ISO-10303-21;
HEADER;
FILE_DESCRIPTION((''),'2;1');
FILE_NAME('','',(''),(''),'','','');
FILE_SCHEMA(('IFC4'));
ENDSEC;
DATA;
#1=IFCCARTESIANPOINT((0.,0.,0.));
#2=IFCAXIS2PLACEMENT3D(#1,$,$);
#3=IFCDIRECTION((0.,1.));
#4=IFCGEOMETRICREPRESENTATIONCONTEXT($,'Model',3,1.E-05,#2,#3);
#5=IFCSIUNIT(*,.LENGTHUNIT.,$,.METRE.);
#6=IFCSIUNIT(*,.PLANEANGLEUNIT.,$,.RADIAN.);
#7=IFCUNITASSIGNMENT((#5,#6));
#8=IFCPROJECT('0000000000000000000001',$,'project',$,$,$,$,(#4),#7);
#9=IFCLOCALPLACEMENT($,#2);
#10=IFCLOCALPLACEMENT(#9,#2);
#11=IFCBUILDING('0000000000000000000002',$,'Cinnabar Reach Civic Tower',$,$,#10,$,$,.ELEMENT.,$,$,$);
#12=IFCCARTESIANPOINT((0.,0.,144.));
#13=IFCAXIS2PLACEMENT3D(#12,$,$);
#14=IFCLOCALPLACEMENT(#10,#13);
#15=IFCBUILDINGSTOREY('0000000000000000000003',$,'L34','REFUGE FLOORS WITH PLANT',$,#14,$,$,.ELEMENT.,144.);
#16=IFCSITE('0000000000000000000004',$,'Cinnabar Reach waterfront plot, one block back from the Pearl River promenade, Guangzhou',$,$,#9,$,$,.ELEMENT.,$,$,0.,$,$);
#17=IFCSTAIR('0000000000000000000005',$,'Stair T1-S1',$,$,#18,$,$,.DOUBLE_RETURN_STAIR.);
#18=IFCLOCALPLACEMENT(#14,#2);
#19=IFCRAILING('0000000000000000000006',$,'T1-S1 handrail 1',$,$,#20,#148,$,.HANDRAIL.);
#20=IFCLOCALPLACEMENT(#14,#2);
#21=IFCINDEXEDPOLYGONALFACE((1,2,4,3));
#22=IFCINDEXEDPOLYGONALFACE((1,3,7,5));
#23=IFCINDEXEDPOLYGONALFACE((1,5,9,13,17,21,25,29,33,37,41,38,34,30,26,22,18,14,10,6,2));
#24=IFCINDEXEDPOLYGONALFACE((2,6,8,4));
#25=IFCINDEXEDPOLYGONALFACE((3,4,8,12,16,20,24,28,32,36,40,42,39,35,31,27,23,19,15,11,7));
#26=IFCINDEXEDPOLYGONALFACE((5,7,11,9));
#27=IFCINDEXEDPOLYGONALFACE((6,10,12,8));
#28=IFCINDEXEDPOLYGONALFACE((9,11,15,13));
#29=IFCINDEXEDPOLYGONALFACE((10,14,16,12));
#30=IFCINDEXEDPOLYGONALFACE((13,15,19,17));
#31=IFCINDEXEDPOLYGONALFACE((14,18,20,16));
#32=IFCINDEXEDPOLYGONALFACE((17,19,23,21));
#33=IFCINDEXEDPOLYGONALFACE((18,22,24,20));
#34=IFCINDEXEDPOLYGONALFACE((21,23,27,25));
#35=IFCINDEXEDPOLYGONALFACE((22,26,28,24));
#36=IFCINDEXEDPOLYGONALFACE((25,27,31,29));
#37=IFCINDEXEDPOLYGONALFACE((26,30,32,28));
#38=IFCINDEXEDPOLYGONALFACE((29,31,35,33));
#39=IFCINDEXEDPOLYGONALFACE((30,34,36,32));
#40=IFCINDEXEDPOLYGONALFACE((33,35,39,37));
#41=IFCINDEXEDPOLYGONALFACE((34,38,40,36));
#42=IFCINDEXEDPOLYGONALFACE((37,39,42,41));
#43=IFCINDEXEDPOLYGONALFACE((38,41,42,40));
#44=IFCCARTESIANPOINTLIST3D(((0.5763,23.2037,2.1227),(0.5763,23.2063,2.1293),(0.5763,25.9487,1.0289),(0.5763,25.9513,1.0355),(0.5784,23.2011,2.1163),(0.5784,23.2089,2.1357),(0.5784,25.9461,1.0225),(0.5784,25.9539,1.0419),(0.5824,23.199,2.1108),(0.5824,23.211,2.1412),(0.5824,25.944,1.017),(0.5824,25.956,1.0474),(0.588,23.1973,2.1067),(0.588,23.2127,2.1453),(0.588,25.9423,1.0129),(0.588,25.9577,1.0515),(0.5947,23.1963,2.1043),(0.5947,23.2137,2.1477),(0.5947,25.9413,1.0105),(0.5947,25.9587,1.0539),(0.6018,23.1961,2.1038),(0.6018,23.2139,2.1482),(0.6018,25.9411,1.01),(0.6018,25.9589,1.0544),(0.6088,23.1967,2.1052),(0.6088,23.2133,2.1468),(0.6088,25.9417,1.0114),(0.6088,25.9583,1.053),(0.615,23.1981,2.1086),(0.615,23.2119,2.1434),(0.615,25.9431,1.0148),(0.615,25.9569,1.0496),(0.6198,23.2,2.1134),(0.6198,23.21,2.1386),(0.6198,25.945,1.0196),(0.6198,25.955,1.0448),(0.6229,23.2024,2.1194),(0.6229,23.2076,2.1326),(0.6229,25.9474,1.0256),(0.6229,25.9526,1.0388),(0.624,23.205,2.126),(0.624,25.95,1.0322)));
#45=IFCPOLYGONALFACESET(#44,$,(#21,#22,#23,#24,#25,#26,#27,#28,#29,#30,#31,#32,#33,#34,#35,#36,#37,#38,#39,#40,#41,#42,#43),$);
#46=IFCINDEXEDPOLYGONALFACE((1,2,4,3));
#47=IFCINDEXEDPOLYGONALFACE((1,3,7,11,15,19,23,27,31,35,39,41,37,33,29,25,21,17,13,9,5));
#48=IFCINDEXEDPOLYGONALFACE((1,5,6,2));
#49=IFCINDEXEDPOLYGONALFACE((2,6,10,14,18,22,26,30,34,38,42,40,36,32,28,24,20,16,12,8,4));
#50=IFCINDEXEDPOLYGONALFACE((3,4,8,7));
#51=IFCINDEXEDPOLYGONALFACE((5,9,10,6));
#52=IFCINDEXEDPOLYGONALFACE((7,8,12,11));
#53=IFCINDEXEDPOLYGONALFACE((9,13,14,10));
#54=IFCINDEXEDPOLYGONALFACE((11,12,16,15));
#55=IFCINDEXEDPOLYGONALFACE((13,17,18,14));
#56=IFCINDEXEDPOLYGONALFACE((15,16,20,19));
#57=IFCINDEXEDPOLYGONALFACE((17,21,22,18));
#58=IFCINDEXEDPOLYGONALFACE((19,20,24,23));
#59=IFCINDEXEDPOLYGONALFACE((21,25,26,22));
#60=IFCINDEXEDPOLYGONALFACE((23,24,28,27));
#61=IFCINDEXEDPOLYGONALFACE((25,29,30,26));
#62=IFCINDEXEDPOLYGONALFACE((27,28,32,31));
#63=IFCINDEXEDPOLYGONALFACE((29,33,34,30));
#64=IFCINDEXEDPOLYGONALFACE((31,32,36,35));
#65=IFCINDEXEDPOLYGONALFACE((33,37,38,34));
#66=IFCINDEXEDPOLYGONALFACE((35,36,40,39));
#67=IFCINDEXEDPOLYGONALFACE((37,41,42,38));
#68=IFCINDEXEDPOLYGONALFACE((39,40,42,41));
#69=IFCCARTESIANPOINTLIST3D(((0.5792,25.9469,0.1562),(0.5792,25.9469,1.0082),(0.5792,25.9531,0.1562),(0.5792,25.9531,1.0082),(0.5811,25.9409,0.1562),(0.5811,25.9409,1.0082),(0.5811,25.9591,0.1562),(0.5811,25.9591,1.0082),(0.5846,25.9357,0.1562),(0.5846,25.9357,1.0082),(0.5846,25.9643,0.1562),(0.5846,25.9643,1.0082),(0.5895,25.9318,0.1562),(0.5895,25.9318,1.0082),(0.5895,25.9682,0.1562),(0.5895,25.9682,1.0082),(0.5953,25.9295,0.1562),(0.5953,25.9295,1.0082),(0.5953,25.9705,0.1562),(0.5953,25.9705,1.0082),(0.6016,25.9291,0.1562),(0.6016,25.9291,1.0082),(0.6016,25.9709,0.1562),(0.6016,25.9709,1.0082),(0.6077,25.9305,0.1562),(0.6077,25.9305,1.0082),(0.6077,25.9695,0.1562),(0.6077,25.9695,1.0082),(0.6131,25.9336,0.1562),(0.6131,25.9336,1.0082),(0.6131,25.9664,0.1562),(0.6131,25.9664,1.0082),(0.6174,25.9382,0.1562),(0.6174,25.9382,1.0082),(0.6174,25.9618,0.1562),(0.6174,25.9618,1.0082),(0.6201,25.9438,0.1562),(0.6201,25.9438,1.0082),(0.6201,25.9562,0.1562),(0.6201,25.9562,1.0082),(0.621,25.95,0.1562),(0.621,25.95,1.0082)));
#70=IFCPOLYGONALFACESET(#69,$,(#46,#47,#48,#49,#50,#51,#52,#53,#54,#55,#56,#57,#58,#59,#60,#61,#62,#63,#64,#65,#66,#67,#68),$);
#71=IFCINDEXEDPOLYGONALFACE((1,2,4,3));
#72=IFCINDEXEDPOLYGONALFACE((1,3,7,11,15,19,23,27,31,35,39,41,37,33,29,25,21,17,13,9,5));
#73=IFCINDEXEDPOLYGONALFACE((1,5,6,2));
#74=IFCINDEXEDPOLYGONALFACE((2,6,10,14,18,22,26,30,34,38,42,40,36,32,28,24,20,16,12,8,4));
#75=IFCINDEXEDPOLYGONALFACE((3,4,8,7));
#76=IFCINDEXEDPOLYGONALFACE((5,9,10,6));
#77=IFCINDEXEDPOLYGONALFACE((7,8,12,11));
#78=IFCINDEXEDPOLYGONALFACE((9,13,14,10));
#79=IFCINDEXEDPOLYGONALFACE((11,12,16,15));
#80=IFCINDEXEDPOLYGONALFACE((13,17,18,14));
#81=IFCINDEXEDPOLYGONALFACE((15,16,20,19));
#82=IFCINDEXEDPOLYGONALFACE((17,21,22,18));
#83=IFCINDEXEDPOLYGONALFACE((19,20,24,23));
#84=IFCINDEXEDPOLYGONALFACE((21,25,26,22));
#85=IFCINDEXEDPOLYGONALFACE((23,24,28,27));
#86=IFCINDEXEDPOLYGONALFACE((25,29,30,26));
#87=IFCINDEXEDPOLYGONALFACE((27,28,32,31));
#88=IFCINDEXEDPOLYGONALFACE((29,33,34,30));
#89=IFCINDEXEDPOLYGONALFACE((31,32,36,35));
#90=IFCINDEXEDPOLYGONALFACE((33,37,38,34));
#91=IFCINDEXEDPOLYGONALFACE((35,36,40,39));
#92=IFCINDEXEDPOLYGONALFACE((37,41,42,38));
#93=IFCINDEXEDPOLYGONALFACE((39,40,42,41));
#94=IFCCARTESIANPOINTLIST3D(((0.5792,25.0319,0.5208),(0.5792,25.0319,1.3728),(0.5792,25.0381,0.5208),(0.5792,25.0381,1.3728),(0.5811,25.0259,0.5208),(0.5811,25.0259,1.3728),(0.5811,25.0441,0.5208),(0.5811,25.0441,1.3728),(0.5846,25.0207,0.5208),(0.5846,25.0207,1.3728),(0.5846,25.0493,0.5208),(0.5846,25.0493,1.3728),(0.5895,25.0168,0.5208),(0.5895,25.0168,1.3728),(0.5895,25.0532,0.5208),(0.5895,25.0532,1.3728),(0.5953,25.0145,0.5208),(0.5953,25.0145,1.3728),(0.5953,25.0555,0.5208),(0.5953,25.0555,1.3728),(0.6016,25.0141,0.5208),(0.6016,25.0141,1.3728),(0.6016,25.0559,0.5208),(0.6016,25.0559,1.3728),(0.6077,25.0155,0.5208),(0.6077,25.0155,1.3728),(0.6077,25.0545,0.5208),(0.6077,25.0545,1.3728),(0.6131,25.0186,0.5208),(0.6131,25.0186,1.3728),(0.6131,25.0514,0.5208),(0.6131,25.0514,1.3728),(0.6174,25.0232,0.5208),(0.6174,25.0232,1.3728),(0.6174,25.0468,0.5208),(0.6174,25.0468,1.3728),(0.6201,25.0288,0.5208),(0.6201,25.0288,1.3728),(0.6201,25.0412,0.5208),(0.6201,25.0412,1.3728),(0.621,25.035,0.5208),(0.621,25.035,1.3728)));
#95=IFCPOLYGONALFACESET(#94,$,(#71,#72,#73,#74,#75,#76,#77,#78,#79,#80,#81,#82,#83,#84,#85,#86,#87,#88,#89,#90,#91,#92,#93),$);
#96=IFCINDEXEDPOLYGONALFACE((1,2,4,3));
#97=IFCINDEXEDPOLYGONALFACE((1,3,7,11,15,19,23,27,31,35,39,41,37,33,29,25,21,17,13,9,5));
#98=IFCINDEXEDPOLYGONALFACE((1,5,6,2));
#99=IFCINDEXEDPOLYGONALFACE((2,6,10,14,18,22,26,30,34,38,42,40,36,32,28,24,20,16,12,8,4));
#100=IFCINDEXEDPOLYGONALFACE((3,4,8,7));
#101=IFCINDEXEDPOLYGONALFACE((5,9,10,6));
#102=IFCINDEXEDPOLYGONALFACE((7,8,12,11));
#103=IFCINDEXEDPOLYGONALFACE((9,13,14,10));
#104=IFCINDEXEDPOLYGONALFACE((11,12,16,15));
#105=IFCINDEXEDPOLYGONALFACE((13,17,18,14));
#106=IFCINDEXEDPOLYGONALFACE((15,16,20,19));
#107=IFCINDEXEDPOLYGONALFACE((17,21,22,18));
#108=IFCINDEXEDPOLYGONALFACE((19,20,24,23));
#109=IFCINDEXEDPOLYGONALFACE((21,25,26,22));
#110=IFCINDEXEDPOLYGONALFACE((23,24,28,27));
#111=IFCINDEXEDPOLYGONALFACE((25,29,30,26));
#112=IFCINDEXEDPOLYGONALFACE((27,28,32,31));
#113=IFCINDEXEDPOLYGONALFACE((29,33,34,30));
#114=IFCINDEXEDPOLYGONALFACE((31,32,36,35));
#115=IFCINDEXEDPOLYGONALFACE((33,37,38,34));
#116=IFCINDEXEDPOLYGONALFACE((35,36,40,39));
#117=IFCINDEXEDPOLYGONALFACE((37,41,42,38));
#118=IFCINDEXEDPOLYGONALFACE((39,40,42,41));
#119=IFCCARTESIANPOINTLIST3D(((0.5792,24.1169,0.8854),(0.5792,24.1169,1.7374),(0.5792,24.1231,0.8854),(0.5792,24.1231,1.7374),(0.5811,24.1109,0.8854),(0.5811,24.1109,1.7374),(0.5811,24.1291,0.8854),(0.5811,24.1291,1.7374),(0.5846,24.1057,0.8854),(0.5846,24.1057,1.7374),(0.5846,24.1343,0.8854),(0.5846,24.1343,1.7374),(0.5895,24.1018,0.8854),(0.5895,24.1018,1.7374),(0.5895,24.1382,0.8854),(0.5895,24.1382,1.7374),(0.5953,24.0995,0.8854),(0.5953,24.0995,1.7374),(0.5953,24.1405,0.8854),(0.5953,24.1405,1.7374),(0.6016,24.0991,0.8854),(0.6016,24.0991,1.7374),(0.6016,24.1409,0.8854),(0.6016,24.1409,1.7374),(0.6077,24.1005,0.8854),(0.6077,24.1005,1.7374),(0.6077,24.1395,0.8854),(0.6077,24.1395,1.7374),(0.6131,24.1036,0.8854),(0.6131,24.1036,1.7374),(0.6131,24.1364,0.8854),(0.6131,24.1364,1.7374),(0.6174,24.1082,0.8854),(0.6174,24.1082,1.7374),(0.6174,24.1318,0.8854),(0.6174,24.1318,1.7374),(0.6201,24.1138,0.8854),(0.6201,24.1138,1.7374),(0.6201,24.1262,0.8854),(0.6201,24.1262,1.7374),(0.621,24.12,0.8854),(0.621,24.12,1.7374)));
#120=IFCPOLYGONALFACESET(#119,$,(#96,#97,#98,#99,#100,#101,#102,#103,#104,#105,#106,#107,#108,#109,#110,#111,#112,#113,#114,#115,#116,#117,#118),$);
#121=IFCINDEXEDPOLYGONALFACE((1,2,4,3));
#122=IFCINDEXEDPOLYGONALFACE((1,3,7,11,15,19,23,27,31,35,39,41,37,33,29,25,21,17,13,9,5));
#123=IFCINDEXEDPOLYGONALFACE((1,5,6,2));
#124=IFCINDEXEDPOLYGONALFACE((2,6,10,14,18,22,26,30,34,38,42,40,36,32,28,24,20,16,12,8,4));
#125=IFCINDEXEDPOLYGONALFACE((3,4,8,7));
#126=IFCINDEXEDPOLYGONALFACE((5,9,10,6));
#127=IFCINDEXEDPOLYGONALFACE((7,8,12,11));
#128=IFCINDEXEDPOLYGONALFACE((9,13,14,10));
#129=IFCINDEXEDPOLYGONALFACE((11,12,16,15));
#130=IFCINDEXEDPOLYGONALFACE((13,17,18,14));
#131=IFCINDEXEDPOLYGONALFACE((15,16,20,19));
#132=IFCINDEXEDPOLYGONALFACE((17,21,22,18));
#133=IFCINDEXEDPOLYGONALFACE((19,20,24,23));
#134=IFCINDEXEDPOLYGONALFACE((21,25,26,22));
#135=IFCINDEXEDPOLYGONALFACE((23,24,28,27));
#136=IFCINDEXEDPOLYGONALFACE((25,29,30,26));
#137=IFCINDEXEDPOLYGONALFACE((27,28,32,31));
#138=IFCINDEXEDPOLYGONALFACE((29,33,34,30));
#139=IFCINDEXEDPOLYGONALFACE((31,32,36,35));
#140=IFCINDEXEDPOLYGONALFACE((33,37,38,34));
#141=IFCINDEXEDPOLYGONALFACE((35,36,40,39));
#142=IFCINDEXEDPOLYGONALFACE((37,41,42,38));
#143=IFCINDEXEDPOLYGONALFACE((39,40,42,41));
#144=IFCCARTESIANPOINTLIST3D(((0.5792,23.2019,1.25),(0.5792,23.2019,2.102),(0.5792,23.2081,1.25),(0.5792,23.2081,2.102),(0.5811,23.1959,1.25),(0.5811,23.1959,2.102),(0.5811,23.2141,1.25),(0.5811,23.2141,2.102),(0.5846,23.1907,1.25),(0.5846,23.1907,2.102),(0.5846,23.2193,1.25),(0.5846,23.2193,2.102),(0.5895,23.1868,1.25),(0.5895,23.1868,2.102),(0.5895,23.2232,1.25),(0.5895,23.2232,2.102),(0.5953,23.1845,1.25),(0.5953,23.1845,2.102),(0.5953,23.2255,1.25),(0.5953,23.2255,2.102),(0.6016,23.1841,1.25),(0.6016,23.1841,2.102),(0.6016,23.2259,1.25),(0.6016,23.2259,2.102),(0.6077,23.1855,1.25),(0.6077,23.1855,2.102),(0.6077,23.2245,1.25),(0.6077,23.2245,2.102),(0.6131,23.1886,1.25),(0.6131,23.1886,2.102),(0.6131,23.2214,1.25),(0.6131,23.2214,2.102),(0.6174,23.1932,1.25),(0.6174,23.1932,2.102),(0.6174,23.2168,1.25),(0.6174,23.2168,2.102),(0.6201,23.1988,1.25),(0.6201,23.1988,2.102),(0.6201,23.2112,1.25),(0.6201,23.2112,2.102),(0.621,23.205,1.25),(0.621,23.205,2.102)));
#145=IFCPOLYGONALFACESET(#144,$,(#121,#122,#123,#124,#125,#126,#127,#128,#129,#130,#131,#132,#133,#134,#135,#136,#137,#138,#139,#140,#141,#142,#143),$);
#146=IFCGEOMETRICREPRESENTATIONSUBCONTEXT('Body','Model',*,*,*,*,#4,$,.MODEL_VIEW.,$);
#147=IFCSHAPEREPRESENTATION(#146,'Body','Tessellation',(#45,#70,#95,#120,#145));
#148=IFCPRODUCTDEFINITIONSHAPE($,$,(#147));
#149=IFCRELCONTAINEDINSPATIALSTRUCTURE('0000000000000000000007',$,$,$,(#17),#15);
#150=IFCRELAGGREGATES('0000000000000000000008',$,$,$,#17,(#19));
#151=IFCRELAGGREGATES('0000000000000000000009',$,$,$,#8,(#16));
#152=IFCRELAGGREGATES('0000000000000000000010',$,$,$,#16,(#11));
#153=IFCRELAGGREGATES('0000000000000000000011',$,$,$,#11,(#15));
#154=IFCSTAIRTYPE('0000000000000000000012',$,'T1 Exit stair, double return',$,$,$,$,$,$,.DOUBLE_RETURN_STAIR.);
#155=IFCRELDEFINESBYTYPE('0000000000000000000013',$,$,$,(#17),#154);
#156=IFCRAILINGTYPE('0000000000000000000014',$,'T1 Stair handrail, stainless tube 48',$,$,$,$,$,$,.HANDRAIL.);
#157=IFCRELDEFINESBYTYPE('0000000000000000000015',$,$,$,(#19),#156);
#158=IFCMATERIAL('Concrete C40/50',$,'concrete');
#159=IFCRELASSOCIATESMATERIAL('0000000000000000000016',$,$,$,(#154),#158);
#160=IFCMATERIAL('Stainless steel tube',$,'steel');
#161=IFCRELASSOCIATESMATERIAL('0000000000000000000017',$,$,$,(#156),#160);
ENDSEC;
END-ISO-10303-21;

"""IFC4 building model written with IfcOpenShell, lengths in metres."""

from ifc_helpers import new_model, si_unit, direction, frame, origin, origin_2d, place, context, subcontext, project, spatial, circle, extrude, material, type_object, element, aggregate, save


model = new_model("IFC4")

# Units and contexts
model_context = context("Model", 3, precision=1e-05, world=origin(), true_north=direction((0.0, 1.0)))
body_context = subcontext(model_context, "Body", "Model", "MODEL_VIEW")
ifc_project = project(units=[si_unit("LENGTHUNIT", "METRE"), si_unit("PLANEANGLEUNIT", "RADIAN")], contexts=[model_context])

# Site, building, storey
site_placement = place(None, origin())
site = spatial("IfcSite", under=ifc_project, at=site_placement, Name="Cinnabar Reach waterfront plot, one block back from the Pearl River promenade, Guangzhou", CompositionType="ELEMENT", RefElevation=0.0)
building_placement = place(site_placement, origin())
building = spatial("IfcBuilding", under=site, at=building_placement, Name="Cinnabar Reach Civic Tower", CompositionType="ELEMENT")
storey_placement = place(building_placement, frame((0.0, 0.0, 144.0)))
storey = spatial("IfcBuildingStorey", under=building, at=storey_placement, Name="L34", Description="REFUGE FLOORS WITH PLANT", CompositionType="ELEMENT", Elevation=144.0)

# Shared definitions
ifc_material_1 = material(Name="Concrete C40/50", Category="concrete")

# Stair, railing
stair_type = type_object("IfcStairType", Name="T1 Exit stair, double return", PredefinedType="DOUBLE_RETURN_STAIR", material=ifc_material_1)
stair_placement = place(storey_placement, origin())
stair = element("IfcStair", 1, at=stair_placement, inside=storey, type_object=stair_type, Name="Stair T1-S1", PredefinedType="DOUBLE_RETURN_STAIR")
ifc_material_2 = material(Name="Stainless steel tube", Category="steel")
railing_type = type_object("IfcRailingType", Name="T1 Stair handrail, stainless tube 48", PredefinedType="HANDRAIL", material=ifc_material_2)
railing_1_placement = place(storey_placement, frame((0.6, 25.95, 0.1562)))
railing_1 = element("IfcRailing", 2, at=railing_1_placement, type_object=railing_type, Name="T1-S1 handrail 1", PredefinedType="HANDRAIL", context=body_context, shape_type="SweptSolid", body=[
    extrude(circle(Radius=0.024, at=origin_2d()), frame((0.0, 0.0, 0.876), z_axis=(0.0, -0.928966, 0.370165), x_axis=(1.0, 0.0, 0.0)), (0.0, 0.0, 1.0), 2.9549),
    extrude(circle(Radius=0.021, at=origin_2d()), origin(), (0.0, 0.0, 1.0), 0.852),
    extrude(circle(Radius=0.021, at=origin_2d()), frame((0.0, -0.915, 0.3646)), (0.0, 0.0, 1.0), 0.852),
    extrude(circle(Radius=0.021, at=origin_2d()), frame((0.0, -1.83, 0.7292)), (0.0, 0.0, 1.0), 0.852),
    extrude(circle(Radius=0.021, at=origin_2d()), frame((0.0, -2.745, 1.0938)), (0.0, 0.0, 1.0), 0.852),
])
aggregate(stair, [railing_1])

save(model, "model.ifc")
